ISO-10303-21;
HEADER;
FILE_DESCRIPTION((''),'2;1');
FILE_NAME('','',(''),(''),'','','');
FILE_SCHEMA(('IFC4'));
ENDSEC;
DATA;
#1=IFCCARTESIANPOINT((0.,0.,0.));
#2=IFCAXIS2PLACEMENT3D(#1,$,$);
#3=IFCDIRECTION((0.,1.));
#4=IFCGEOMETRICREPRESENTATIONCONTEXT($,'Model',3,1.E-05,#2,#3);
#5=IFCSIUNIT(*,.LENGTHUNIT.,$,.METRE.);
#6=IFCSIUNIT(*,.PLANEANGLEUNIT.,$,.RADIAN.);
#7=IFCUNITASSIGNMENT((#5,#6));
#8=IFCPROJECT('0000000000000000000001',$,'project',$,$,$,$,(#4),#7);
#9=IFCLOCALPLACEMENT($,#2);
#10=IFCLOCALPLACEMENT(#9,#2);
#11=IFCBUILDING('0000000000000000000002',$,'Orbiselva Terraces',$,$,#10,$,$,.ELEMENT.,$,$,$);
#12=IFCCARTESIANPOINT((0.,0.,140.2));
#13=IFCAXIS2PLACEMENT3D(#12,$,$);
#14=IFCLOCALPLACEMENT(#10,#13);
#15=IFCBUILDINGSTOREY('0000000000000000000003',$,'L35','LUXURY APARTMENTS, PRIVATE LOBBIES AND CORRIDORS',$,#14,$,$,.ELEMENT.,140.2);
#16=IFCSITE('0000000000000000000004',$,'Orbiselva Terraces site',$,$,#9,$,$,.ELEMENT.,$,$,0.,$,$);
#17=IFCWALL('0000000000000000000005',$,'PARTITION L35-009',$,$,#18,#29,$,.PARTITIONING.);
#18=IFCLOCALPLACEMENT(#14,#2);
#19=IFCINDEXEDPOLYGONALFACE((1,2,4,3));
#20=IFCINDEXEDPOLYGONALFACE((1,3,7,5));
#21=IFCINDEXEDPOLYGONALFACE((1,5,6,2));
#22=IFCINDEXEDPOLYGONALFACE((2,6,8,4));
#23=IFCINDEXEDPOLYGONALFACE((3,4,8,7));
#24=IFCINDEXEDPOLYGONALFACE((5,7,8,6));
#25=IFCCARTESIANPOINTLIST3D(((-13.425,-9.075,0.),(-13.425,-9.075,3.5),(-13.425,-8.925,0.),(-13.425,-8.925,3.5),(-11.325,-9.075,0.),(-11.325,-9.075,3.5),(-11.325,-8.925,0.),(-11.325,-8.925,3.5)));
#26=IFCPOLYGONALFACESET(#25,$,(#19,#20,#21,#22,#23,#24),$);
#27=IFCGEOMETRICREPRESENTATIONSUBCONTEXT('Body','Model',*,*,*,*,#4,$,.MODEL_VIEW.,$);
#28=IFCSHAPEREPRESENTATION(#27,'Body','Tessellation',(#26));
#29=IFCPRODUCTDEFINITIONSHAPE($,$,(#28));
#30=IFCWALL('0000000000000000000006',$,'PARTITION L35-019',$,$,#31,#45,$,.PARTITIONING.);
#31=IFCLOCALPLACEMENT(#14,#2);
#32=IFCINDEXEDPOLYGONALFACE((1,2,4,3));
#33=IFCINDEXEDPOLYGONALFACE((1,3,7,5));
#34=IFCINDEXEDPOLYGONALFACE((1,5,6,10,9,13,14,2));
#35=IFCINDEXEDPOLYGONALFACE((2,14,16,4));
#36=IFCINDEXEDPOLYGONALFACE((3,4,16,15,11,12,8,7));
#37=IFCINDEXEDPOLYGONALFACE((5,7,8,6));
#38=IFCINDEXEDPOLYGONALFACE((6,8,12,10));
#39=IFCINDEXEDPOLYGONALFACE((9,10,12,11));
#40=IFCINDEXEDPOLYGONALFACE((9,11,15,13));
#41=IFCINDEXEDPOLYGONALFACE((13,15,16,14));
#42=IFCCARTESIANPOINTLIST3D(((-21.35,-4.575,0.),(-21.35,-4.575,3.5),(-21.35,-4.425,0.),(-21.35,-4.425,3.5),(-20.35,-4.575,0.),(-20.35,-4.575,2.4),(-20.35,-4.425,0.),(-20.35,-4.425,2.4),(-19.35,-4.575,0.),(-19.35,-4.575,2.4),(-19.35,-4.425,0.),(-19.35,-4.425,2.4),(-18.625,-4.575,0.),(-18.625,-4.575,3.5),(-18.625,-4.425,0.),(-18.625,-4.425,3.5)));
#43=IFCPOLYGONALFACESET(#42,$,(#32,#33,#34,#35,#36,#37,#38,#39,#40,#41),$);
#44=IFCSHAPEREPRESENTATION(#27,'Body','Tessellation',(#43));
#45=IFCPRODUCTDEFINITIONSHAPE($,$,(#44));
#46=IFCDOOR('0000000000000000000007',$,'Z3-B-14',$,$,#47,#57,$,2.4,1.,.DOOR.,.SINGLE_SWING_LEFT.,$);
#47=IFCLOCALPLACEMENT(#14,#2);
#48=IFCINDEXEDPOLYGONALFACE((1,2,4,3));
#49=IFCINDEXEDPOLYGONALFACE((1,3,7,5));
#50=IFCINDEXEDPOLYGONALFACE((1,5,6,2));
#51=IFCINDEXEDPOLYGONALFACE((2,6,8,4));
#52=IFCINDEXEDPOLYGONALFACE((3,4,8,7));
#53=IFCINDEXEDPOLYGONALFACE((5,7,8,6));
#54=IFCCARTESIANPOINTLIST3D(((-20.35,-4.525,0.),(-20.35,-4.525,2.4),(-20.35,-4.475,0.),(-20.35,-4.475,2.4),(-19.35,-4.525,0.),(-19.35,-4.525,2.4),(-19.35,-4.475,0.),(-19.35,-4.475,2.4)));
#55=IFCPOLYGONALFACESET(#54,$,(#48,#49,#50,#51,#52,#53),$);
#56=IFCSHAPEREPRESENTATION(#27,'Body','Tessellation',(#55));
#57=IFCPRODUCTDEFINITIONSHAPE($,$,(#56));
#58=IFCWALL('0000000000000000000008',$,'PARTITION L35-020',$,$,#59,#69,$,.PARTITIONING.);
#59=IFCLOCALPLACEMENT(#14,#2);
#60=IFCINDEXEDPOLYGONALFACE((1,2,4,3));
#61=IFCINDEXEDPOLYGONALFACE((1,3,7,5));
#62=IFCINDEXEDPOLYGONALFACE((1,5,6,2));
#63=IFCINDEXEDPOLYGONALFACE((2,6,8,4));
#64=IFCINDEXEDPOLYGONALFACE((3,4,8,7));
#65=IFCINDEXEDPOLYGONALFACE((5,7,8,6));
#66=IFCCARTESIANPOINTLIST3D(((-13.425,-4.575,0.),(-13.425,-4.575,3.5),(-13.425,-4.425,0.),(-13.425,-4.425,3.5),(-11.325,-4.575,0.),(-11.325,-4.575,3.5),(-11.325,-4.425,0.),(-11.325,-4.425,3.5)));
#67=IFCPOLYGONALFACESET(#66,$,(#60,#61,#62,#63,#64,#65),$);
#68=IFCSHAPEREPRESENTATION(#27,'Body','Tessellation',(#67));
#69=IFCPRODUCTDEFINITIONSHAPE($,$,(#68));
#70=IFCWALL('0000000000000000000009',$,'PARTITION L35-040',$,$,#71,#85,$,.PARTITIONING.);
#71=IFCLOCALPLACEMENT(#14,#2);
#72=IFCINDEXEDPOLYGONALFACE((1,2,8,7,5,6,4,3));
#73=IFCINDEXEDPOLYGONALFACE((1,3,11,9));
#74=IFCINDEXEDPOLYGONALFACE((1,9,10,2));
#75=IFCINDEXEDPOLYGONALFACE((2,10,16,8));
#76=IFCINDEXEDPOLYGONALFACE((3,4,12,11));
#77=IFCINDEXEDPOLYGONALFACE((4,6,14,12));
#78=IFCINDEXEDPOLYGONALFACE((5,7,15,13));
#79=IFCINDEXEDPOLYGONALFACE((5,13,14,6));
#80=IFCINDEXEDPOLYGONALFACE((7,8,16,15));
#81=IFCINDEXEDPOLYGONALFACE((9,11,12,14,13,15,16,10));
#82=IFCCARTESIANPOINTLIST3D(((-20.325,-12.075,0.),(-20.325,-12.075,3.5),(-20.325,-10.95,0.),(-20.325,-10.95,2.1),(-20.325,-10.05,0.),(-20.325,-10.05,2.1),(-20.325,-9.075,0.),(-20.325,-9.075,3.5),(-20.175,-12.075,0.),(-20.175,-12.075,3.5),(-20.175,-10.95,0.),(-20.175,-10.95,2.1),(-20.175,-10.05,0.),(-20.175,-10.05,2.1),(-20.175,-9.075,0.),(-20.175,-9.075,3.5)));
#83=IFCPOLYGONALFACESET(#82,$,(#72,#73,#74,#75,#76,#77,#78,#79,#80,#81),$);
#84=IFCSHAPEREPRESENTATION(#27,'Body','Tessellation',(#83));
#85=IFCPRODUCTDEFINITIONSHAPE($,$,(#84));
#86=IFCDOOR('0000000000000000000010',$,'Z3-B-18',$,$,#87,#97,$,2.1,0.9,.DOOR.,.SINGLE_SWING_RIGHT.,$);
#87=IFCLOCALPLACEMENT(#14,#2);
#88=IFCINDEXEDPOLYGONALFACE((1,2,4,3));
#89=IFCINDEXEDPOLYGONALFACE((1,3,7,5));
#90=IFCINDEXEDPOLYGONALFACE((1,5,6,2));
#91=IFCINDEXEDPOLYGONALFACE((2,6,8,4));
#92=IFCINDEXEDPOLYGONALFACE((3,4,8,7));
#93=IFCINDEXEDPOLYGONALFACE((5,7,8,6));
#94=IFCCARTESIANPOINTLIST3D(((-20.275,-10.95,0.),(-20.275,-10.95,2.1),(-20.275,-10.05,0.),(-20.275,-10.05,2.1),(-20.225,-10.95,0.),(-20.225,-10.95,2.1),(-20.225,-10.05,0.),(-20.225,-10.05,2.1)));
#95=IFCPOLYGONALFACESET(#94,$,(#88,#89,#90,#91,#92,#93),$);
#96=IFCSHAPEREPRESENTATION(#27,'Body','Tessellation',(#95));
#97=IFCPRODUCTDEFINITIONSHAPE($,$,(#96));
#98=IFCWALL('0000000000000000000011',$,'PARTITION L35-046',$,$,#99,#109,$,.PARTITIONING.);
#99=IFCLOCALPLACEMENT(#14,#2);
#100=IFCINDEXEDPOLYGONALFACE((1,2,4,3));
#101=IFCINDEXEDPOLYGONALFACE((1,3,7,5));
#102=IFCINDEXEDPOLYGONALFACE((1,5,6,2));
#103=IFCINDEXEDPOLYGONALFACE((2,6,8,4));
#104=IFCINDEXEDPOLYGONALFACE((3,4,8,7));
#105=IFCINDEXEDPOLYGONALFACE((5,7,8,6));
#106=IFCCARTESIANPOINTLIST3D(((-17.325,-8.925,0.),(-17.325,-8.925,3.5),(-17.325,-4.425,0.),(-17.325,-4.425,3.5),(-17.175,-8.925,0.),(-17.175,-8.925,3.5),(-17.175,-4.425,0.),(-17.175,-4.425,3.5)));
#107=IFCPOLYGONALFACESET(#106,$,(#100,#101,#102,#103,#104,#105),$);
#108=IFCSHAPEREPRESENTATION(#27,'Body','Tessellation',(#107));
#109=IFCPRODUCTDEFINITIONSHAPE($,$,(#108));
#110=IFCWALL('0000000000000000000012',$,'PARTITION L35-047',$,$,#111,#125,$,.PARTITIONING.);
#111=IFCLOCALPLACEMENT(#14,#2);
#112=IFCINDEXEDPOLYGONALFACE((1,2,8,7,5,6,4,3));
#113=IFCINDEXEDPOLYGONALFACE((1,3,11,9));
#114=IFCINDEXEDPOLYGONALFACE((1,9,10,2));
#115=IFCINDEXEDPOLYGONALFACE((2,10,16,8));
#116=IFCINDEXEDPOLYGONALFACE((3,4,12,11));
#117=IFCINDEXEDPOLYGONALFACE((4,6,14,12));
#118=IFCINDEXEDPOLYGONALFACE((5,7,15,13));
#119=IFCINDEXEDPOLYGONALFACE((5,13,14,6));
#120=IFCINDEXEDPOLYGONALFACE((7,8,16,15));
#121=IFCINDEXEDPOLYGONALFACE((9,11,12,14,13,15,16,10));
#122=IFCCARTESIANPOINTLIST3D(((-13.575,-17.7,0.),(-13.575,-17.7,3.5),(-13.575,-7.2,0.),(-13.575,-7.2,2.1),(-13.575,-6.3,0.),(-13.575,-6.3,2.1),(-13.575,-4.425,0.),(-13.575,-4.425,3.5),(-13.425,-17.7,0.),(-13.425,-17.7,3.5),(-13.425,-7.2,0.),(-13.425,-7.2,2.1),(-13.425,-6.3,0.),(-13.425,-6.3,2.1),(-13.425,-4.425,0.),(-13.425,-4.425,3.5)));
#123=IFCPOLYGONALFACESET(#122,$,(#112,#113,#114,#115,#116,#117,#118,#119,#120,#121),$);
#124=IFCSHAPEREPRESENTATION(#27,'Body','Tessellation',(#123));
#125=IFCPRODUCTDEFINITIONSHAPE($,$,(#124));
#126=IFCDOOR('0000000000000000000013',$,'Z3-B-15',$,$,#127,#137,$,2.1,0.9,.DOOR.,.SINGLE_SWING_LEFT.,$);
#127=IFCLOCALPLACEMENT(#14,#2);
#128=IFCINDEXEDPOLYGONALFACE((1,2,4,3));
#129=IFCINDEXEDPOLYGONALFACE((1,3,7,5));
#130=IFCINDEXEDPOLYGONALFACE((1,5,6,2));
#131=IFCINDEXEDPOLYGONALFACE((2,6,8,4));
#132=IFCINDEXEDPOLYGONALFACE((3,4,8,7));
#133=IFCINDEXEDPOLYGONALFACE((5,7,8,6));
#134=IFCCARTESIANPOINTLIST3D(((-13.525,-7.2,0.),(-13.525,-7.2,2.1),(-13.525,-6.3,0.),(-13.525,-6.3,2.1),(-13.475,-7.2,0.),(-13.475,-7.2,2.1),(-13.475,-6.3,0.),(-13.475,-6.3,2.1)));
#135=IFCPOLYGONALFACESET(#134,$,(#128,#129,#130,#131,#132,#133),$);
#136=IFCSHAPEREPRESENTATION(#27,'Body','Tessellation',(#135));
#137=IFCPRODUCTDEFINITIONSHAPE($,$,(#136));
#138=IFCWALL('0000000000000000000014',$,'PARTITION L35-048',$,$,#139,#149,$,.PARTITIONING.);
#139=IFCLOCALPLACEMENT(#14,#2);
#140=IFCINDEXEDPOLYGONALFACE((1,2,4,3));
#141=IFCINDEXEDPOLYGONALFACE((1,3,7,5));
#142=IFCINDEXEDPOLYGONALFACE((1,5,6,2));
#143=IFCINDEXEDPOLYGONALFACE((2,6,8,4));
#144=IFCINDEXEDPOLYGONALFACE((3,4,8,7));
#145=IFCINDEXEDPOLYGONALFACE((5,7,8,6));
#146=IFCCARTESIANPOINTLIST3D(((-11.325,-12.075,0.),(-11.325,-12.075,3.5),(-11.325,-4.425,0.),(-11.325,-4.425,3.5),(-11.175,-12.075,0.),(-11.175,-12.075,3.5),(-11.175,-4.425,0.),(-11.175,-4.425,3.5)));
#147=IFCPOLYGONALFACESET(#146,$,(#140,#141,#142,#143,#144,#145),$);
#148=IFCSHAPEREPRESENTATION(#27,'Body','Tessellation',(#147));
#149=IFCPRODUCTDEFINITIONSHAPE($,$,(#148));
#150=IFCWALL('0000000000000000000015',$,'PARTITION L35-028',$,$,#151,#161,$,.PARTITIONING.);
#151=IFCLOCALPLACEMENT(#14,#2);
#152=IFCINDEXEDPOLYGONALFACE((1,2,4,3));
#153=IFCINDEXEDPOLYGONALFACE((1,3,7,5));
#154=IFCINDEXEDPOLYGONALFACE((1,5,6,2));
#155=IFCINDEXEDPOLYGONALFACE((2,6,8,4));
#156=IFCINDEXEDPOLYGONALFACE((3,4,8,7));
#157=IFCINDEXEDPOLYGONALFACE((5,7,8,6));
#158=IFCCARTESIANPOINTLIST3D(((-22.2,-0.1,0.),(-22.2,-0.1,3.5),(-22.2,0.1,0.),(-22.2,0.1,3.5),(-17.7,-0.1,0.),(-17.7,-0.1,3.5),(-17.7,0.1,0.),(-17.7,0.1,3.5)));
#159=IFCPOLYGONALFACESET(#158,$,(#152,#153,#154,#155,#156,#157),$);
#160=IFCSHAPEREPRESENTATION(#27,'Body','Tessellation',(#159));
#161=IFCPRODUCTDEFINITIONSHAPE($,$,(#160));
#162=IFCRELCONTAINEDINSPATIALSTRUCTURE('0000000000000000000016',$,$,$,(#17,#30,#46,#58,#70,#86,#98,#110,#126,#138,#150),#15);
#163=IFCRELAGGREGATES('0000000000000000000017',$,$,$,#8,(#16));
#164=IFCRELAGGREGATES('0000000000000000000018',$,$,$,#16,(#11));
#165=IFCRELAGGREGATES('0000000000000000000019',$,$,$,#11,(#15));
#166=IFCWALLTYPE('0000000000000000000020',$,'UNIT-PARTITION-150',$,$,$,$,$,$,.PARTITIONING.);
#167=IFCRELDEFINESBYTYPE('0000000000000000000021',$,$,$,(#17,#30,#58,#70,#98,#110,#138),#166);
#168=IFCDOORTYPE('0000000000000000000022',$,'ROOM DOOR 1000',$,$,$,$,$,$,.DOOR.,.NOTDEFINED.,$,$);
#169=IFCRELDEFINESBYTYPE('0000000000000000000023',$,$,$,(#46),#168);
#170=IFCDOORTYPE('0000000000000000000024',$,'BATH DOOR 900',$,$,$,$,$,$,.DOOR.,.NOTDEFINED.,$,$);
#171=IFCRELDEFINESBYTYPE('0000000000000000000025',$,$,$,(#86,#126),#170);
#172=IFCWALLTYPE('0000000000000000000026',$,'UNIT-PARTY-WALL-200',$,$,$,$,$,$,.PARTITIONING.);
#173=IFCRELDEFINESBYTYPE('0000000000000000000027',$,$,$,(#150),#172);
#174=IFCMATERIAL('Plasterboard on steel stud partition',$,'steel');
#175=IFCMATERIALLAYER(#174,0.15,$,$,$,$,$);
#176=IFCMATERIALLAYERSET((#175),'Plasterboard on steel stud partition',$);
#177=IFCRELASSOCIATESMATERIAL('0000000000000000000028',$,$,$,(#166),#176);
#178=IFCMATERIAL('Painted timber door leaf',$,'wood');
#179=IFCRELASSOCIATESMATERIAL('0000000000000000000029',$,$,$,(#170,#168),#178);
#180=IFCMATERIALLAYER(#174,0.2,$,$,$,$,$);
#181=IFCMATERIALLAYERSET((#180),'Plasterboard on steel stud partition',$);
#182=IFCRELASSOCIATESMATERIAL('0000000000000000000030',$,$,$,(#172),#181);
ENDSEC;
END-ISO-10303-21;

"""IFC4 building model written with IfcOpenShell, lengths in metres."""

from ifc_helpers import new_model, si_unit, direction, frame, frame_2d, origin, place, context, subcontext, project, spatial, rectangle, extrude, material, layer, layer_set, type_object, element, fill, save


model = new_model("IFC4")

# Units and contexts
model_context = context("Model", 3, precision=1e-05, world=origin(), true_north=direction((0.0, 1.0)))
body_context = subcontext(model_context, "Body", "Model", "MODEL_VIEW")
ifc_project = project(units=[si_unit("LENGTHUNIT", "METRE"), si_unit("PLANEANGLEUNIT", "RADIAN")], contexts=[model_context])

# Site, building, storey
site_placement = place(None, origin())
site = spatial("IfcSite", under=ifc_project, at=site_placement, Name="Orbiselva Terraces site", CompositionType="ELEMENT", RefElevation=0.0)
building_placement = place(site_placement, origin())
building = spatial("IfcBuilding", under=site, at=building_placement, Name="Orbiselva Terraces", CompositionType="ELEMENT")
storey_placement = place(building_placement, frame((0.0, 0.0, 140.2)))
storey = spatial("IfcBuildingStorey", under=building, at=storey_placement, Name="L35", Description="LUXURY APARTMENTS, PRIVATE LOBBIES AND CORRIDORS", CompositionType="ELEMENT", Elevation=140.2)

# Shared definitions
ifc_material_1 = material(Name="Plasterboard on steel stud partition", Category="steel")
ifc_layer_1 = layer(ifc_material_1, 0.15)
ifc_layer_set_1 = layer_set([ifc_layer_1], Name="Plasterboard on steel stud partition")
wall_type_1 = type_object("IfcWallType", Name="UNIT-PARTITION-150", PredefinedType="PARTITIONING", material=ifc_layer_set_1)

# Shared definitions
ifc_material_2 = material(Name="Painted timber door leaf", Category="wood")
door_type_1 = type_object("IfcDoorType", Name="BATH DOOR 900", OperationType="NOTDEFINED", PredefinedType="DOOR", material=ifc_material_2)

# Wall
wall_1_placement = place(storey_placement, frame((-13.425, -9.0, 0.0), z_axis=(0.0, 0.0, 1.0), x_axis=(1.0, 0.0, 0.0)))
element("IfcWall", 1, at=wall_1_placement, inside=storey, type_object=wall_type_1, Name="PARTITION L35-009", PredefinedType="PARTITIONING", context=body_context, shape_type="SweptSolid", body=[
    extrude(rectangle(XDim=2.1, YDim=0.15, at=frame_2d((1.05, 0.0))), origin(), (0.0, 0.0, 1.0), 3.5),
])

# Wall, opening, door
wall_2_placement = place(storey_placement, frame((-18.625, -4.5, 0.0), z_axis=(0.0, 0.0, 1.0), x_axis=(-1.0, 0.0, 0.0)))
wall_2 = element("IfcWall", 2, at=wall_2_placement, inside=storey, type_object=wall_type_1, Name="PARTITION L35-019", PredefinedType="PARTITIONING", context=body_context, shape_type="SweptSolid", body=[
    extrude(rectangle(XDim=2.725, YDim=0.15, at=frame_2d((1.3625, 0.0))), origin(), (0.0, 0.0, 1.0), 3.5),
])
opening_1_placement = place(wall_2_placement, frame((0.725, 0.0, 0.0)))
opening_1 = element("IfcOpeningElement", 3, at=opening_1_placement, cuts=wall_2, PredefinedType="OPENING", context=body_context, shape_type="SweptSolid", body=[
    extrude(rectangle(XDim=1.0, YDim=2.4, at=frame_2d((0.5, 1.2))), frame((0.0, 0.085, 0.0), z_axis=(0.0, -1.0, 0.0), x_axis=(1.0, 0.0, 0.0)), (0.0, 0.0, 1.0), 0.17),
])
door_type_2 = type_object("IfcDoorType", Name="ROOM DOOR 1000", OperationType="NOTDEFINED", PredefinedType="DOOR", material=ifc_material_2)
door_1_placement = place(opening_1_placement, origin())
door_1 = element("IfcDoor", 4, at=door_1_placement, inside=storey, type_object=door_type_2, Name="Z3-B-14", OperationType="SINGLE_SWING_LEFT", OverallHeight=2.4, OverallWidth=1.0, PredefinedType="DOOR", context=body_context, shape_type="SweptSolid", body=[
    extrude(rectangle(XDim=1.0, YDim=2.4, at=frame_2d((0.5, 1.2))), frame((0.0, 0.025, 0.0), z_axis=(0.0, -1.0, 0.0), x_axis=(1.0, 0.0, 0.0)), (0.0, 0.0, 1.0), 0.05),
])
fill(opening_1, door_1)

# Wall
wall_3_placement = place(storey_placement, frame((-13.425, -4.5, 0.0), z_axis=(0.0, 0.0, 1.0), x_axis=(1.0, 0.0, 0.0)))
element("IfcWall", 5, at=wall_3_placement, inside=storey, type_object=wall_type_1, Name="PARTITION L35-020", PredefinedType="PARTITIONING", context=body_context, shape_type="SweptSolid", body=[
    extrude(rectangle(XDim=2.1, YDim=0.15, at=frame_2d((1.05, 0.0))), origin(), (0.0, 0.0, 1.0), 3.5),
])

# Wall, opening, door
wall_4_placement = place(storey_placement, frame((-20.25, -12.075, 0.0), z_axis=(0.0, 0.0, 1.0), x_axis=(0.0, 1.0, 0.0)))
wall_4 = element("IfcWall", 6, at=wall_4_placement, inside=storey, type_object=wall_type_1, Name="PARTITION L35-040", PredefinedType="PARTITIONING", context=body_context, shape_type="SweptSolid", body=[
    extrude(rectangle(XDim=3.0, YDim=0.15, at=frame_2d((1.5, 0.0))), origin(), (0.0, 0.0, 1.0), 3.5),
])
opening_2_placement = place(wall_4_placement, frame((1.125, 0.0, 0.0)))
opening_2 = element("IfcOpeningElement", 7, at=opening_2_placement, cuts=wall_4, PredefinedType="OPENING", context=body_context, shape_type="SweptSolid", body=[
    extrude(rectangle(XDim=0.9, YDim=2.1, at=frame_2d((0.45, 1.05))), frame((0.0, 0.085, 0.0), z_axis=(0.0, -1.0, 0.0), x_axis=(1.0, 0.0, 0.0)), (0.0, 0.0, 1.0), 0.17),
])
door_2_placement = place(opening_2_placement, origin())
door_2 = element("IfcDoor", 8, at=door_2_placement, inside=storey, type_object=door_type_1, Name="Z3-B-18", OperationType="SINGLE_SWING_RIGHT", OverallHeight=2.1, OverallWidth=0.9, PredefinedType="DOOR", context=body_context, shape_type="SweptSolid", body=[
    extrude(rectangle(XDim=0.9, YDim=2.1, at=frame_2d((0.45, 1.05))), frame((0.0, 0.025, 0.0), z_axis=(0.0, -1.0, 0.0), x_axis=(1.0, 0.0, 0.0)), (0.0, 0.0, 1.0), 0.05),
])
fill(opening_2, door_2)

# Wall
wall_5_placement = place(storey_placement, frame((-17.25, -8.925, 0.0), z_axis=(0.0, 0.0, 1.0), x_axis=(0.0, 1.0, 0.0)))
element("IfcWall", 9, at=wall_5_placement, inside=storey, type_object=wall_type_1, Name="PARTITION L35-046", PredefinedType="PARTITIONING", context=body_context, shape_type="SweptSolid", body=[
    extrude(rectangle(XDim=4.5, YDim=0.15, at=frame_2d((2.25, 0.0))), origin(), (0.0, 0.0, 1.0), 3.5),
])

# Wall, opening, door
wall_6_placement = place(storey_placement, frame((-13.5, -4.425, 0.0), z_axis=(0.0, 0.0, 1.0), x_axis=(0.0, -1.0, 0.0)))
wall_6 = element("IfcWall", 10, at=wall_6_placement, inside=storey, type_object=wall_type_1, Name="PARTITION L35-047", PredefinedType="PARTITIONING", context=body_context, shape_type="SweptSolid", body=[
    extrude(rectangle(XDim=13.275, YDim=0.15, at=frame_2d((6.6375, 0.0))), origin(), (0.0, 0.0, 1.0), 3.5),
])
opening_3_placement = place(wall_6_placement, frame((1.875, 0.0, 0.0)))
opening_3 = element("IfcOpeningElement", 11, at=opening_3_placement, cuts=wall_6, PredefinedType="OPENING", context=body_context, shape_type="SweptSolid", body=[
    extrude(rectangle(XDim=0.9, YDim=2.1, at=frame_2d((0.45, 1.05))), frame((0.0, 0.085, 0.0), z_axis=(0.0, -1.0, 0.0), x_axis=(1.0, 0.0, 0.0)), (0.0, 0.0, 1.0), 0.17),
])
door_3_placement = place(opening_3_placement, origin())
door_3 = element("IfcDoor", 12, at=door_3_placement, inside=storey, type_object=door_type_1, Name="Z3-B-15", OperationType="SINGLE_SWING_LEFT", OverallHeight=2.1, OverallWidth=0.9, PredefinedType="DOOR", context=body_context, shape_type="SweptSolid", body=[
    extrude(rectangle(XDim=0.9, YDim=2.1, at=frame_2d((0.45, 1.05))), frame((0.0, 0.025, 0.0), z_axis=(0.0, -1.0, 0.0), x_axis=(1.0, 0.0, 0.0)), (0.0, 0.0, 1.0), 0.05),
])
fill(opening_3, door_3)

# Walls
wall_7_placement = place(storey_placement, frame((-11.25, -12.075, 0.0), z_axis=(0.0, 0.0, 1.0), x_axis=(0.0, 1.0, 0.0)))
element("IfcWall", 13, at=wall_7_placement, inside=storey, type_object=wall_type_1, Name="PARTITION L35-048", PredefinedType="PARTITIONING", context=body_context, shape_type="SweptSolid", body=[
    extrude(rectangle(XDim=7.65, YDim=0.15, at=frame_2d((3.825, 0.0))), origin(), (0.0, 0.0, 1.0), 3.5),
])
ifc_layer_2 = layer(ifc_material_1, 0.2)
ifc_layer_set_2 = layer_set([ifc_layer_2], Name="Plasterboard on steel stud partition")
wall_type_2 = type_object("IfcWallType", Name="UNIT-PARTY-WALL-200", PredefinedType="PARTITIONING", material=ifc_layer_set_2)
wall_8_placement = place(storey_placement, frame((-22.2, 0.0, 0.0), z_axis=(0.0, 0.0, 1.0), x_axis=(1.0, 0.0, 0.0)))
element("IfcWall", 14, at=wall_8_placement, inside=storey, type_object=wall_type_2, Name="PARTITION L35-028", PredefinedType="PARTITIONING", context=body_context, shape_type="SweptSolid", body=[
    extrude(rectangle(XDim=4.5, YDim=0.2, at=frame_2d((2.25, 0.0))), origin(), (0.0, 0.0, 1.0), 3.5),
])

save(model, "model.ifc")
